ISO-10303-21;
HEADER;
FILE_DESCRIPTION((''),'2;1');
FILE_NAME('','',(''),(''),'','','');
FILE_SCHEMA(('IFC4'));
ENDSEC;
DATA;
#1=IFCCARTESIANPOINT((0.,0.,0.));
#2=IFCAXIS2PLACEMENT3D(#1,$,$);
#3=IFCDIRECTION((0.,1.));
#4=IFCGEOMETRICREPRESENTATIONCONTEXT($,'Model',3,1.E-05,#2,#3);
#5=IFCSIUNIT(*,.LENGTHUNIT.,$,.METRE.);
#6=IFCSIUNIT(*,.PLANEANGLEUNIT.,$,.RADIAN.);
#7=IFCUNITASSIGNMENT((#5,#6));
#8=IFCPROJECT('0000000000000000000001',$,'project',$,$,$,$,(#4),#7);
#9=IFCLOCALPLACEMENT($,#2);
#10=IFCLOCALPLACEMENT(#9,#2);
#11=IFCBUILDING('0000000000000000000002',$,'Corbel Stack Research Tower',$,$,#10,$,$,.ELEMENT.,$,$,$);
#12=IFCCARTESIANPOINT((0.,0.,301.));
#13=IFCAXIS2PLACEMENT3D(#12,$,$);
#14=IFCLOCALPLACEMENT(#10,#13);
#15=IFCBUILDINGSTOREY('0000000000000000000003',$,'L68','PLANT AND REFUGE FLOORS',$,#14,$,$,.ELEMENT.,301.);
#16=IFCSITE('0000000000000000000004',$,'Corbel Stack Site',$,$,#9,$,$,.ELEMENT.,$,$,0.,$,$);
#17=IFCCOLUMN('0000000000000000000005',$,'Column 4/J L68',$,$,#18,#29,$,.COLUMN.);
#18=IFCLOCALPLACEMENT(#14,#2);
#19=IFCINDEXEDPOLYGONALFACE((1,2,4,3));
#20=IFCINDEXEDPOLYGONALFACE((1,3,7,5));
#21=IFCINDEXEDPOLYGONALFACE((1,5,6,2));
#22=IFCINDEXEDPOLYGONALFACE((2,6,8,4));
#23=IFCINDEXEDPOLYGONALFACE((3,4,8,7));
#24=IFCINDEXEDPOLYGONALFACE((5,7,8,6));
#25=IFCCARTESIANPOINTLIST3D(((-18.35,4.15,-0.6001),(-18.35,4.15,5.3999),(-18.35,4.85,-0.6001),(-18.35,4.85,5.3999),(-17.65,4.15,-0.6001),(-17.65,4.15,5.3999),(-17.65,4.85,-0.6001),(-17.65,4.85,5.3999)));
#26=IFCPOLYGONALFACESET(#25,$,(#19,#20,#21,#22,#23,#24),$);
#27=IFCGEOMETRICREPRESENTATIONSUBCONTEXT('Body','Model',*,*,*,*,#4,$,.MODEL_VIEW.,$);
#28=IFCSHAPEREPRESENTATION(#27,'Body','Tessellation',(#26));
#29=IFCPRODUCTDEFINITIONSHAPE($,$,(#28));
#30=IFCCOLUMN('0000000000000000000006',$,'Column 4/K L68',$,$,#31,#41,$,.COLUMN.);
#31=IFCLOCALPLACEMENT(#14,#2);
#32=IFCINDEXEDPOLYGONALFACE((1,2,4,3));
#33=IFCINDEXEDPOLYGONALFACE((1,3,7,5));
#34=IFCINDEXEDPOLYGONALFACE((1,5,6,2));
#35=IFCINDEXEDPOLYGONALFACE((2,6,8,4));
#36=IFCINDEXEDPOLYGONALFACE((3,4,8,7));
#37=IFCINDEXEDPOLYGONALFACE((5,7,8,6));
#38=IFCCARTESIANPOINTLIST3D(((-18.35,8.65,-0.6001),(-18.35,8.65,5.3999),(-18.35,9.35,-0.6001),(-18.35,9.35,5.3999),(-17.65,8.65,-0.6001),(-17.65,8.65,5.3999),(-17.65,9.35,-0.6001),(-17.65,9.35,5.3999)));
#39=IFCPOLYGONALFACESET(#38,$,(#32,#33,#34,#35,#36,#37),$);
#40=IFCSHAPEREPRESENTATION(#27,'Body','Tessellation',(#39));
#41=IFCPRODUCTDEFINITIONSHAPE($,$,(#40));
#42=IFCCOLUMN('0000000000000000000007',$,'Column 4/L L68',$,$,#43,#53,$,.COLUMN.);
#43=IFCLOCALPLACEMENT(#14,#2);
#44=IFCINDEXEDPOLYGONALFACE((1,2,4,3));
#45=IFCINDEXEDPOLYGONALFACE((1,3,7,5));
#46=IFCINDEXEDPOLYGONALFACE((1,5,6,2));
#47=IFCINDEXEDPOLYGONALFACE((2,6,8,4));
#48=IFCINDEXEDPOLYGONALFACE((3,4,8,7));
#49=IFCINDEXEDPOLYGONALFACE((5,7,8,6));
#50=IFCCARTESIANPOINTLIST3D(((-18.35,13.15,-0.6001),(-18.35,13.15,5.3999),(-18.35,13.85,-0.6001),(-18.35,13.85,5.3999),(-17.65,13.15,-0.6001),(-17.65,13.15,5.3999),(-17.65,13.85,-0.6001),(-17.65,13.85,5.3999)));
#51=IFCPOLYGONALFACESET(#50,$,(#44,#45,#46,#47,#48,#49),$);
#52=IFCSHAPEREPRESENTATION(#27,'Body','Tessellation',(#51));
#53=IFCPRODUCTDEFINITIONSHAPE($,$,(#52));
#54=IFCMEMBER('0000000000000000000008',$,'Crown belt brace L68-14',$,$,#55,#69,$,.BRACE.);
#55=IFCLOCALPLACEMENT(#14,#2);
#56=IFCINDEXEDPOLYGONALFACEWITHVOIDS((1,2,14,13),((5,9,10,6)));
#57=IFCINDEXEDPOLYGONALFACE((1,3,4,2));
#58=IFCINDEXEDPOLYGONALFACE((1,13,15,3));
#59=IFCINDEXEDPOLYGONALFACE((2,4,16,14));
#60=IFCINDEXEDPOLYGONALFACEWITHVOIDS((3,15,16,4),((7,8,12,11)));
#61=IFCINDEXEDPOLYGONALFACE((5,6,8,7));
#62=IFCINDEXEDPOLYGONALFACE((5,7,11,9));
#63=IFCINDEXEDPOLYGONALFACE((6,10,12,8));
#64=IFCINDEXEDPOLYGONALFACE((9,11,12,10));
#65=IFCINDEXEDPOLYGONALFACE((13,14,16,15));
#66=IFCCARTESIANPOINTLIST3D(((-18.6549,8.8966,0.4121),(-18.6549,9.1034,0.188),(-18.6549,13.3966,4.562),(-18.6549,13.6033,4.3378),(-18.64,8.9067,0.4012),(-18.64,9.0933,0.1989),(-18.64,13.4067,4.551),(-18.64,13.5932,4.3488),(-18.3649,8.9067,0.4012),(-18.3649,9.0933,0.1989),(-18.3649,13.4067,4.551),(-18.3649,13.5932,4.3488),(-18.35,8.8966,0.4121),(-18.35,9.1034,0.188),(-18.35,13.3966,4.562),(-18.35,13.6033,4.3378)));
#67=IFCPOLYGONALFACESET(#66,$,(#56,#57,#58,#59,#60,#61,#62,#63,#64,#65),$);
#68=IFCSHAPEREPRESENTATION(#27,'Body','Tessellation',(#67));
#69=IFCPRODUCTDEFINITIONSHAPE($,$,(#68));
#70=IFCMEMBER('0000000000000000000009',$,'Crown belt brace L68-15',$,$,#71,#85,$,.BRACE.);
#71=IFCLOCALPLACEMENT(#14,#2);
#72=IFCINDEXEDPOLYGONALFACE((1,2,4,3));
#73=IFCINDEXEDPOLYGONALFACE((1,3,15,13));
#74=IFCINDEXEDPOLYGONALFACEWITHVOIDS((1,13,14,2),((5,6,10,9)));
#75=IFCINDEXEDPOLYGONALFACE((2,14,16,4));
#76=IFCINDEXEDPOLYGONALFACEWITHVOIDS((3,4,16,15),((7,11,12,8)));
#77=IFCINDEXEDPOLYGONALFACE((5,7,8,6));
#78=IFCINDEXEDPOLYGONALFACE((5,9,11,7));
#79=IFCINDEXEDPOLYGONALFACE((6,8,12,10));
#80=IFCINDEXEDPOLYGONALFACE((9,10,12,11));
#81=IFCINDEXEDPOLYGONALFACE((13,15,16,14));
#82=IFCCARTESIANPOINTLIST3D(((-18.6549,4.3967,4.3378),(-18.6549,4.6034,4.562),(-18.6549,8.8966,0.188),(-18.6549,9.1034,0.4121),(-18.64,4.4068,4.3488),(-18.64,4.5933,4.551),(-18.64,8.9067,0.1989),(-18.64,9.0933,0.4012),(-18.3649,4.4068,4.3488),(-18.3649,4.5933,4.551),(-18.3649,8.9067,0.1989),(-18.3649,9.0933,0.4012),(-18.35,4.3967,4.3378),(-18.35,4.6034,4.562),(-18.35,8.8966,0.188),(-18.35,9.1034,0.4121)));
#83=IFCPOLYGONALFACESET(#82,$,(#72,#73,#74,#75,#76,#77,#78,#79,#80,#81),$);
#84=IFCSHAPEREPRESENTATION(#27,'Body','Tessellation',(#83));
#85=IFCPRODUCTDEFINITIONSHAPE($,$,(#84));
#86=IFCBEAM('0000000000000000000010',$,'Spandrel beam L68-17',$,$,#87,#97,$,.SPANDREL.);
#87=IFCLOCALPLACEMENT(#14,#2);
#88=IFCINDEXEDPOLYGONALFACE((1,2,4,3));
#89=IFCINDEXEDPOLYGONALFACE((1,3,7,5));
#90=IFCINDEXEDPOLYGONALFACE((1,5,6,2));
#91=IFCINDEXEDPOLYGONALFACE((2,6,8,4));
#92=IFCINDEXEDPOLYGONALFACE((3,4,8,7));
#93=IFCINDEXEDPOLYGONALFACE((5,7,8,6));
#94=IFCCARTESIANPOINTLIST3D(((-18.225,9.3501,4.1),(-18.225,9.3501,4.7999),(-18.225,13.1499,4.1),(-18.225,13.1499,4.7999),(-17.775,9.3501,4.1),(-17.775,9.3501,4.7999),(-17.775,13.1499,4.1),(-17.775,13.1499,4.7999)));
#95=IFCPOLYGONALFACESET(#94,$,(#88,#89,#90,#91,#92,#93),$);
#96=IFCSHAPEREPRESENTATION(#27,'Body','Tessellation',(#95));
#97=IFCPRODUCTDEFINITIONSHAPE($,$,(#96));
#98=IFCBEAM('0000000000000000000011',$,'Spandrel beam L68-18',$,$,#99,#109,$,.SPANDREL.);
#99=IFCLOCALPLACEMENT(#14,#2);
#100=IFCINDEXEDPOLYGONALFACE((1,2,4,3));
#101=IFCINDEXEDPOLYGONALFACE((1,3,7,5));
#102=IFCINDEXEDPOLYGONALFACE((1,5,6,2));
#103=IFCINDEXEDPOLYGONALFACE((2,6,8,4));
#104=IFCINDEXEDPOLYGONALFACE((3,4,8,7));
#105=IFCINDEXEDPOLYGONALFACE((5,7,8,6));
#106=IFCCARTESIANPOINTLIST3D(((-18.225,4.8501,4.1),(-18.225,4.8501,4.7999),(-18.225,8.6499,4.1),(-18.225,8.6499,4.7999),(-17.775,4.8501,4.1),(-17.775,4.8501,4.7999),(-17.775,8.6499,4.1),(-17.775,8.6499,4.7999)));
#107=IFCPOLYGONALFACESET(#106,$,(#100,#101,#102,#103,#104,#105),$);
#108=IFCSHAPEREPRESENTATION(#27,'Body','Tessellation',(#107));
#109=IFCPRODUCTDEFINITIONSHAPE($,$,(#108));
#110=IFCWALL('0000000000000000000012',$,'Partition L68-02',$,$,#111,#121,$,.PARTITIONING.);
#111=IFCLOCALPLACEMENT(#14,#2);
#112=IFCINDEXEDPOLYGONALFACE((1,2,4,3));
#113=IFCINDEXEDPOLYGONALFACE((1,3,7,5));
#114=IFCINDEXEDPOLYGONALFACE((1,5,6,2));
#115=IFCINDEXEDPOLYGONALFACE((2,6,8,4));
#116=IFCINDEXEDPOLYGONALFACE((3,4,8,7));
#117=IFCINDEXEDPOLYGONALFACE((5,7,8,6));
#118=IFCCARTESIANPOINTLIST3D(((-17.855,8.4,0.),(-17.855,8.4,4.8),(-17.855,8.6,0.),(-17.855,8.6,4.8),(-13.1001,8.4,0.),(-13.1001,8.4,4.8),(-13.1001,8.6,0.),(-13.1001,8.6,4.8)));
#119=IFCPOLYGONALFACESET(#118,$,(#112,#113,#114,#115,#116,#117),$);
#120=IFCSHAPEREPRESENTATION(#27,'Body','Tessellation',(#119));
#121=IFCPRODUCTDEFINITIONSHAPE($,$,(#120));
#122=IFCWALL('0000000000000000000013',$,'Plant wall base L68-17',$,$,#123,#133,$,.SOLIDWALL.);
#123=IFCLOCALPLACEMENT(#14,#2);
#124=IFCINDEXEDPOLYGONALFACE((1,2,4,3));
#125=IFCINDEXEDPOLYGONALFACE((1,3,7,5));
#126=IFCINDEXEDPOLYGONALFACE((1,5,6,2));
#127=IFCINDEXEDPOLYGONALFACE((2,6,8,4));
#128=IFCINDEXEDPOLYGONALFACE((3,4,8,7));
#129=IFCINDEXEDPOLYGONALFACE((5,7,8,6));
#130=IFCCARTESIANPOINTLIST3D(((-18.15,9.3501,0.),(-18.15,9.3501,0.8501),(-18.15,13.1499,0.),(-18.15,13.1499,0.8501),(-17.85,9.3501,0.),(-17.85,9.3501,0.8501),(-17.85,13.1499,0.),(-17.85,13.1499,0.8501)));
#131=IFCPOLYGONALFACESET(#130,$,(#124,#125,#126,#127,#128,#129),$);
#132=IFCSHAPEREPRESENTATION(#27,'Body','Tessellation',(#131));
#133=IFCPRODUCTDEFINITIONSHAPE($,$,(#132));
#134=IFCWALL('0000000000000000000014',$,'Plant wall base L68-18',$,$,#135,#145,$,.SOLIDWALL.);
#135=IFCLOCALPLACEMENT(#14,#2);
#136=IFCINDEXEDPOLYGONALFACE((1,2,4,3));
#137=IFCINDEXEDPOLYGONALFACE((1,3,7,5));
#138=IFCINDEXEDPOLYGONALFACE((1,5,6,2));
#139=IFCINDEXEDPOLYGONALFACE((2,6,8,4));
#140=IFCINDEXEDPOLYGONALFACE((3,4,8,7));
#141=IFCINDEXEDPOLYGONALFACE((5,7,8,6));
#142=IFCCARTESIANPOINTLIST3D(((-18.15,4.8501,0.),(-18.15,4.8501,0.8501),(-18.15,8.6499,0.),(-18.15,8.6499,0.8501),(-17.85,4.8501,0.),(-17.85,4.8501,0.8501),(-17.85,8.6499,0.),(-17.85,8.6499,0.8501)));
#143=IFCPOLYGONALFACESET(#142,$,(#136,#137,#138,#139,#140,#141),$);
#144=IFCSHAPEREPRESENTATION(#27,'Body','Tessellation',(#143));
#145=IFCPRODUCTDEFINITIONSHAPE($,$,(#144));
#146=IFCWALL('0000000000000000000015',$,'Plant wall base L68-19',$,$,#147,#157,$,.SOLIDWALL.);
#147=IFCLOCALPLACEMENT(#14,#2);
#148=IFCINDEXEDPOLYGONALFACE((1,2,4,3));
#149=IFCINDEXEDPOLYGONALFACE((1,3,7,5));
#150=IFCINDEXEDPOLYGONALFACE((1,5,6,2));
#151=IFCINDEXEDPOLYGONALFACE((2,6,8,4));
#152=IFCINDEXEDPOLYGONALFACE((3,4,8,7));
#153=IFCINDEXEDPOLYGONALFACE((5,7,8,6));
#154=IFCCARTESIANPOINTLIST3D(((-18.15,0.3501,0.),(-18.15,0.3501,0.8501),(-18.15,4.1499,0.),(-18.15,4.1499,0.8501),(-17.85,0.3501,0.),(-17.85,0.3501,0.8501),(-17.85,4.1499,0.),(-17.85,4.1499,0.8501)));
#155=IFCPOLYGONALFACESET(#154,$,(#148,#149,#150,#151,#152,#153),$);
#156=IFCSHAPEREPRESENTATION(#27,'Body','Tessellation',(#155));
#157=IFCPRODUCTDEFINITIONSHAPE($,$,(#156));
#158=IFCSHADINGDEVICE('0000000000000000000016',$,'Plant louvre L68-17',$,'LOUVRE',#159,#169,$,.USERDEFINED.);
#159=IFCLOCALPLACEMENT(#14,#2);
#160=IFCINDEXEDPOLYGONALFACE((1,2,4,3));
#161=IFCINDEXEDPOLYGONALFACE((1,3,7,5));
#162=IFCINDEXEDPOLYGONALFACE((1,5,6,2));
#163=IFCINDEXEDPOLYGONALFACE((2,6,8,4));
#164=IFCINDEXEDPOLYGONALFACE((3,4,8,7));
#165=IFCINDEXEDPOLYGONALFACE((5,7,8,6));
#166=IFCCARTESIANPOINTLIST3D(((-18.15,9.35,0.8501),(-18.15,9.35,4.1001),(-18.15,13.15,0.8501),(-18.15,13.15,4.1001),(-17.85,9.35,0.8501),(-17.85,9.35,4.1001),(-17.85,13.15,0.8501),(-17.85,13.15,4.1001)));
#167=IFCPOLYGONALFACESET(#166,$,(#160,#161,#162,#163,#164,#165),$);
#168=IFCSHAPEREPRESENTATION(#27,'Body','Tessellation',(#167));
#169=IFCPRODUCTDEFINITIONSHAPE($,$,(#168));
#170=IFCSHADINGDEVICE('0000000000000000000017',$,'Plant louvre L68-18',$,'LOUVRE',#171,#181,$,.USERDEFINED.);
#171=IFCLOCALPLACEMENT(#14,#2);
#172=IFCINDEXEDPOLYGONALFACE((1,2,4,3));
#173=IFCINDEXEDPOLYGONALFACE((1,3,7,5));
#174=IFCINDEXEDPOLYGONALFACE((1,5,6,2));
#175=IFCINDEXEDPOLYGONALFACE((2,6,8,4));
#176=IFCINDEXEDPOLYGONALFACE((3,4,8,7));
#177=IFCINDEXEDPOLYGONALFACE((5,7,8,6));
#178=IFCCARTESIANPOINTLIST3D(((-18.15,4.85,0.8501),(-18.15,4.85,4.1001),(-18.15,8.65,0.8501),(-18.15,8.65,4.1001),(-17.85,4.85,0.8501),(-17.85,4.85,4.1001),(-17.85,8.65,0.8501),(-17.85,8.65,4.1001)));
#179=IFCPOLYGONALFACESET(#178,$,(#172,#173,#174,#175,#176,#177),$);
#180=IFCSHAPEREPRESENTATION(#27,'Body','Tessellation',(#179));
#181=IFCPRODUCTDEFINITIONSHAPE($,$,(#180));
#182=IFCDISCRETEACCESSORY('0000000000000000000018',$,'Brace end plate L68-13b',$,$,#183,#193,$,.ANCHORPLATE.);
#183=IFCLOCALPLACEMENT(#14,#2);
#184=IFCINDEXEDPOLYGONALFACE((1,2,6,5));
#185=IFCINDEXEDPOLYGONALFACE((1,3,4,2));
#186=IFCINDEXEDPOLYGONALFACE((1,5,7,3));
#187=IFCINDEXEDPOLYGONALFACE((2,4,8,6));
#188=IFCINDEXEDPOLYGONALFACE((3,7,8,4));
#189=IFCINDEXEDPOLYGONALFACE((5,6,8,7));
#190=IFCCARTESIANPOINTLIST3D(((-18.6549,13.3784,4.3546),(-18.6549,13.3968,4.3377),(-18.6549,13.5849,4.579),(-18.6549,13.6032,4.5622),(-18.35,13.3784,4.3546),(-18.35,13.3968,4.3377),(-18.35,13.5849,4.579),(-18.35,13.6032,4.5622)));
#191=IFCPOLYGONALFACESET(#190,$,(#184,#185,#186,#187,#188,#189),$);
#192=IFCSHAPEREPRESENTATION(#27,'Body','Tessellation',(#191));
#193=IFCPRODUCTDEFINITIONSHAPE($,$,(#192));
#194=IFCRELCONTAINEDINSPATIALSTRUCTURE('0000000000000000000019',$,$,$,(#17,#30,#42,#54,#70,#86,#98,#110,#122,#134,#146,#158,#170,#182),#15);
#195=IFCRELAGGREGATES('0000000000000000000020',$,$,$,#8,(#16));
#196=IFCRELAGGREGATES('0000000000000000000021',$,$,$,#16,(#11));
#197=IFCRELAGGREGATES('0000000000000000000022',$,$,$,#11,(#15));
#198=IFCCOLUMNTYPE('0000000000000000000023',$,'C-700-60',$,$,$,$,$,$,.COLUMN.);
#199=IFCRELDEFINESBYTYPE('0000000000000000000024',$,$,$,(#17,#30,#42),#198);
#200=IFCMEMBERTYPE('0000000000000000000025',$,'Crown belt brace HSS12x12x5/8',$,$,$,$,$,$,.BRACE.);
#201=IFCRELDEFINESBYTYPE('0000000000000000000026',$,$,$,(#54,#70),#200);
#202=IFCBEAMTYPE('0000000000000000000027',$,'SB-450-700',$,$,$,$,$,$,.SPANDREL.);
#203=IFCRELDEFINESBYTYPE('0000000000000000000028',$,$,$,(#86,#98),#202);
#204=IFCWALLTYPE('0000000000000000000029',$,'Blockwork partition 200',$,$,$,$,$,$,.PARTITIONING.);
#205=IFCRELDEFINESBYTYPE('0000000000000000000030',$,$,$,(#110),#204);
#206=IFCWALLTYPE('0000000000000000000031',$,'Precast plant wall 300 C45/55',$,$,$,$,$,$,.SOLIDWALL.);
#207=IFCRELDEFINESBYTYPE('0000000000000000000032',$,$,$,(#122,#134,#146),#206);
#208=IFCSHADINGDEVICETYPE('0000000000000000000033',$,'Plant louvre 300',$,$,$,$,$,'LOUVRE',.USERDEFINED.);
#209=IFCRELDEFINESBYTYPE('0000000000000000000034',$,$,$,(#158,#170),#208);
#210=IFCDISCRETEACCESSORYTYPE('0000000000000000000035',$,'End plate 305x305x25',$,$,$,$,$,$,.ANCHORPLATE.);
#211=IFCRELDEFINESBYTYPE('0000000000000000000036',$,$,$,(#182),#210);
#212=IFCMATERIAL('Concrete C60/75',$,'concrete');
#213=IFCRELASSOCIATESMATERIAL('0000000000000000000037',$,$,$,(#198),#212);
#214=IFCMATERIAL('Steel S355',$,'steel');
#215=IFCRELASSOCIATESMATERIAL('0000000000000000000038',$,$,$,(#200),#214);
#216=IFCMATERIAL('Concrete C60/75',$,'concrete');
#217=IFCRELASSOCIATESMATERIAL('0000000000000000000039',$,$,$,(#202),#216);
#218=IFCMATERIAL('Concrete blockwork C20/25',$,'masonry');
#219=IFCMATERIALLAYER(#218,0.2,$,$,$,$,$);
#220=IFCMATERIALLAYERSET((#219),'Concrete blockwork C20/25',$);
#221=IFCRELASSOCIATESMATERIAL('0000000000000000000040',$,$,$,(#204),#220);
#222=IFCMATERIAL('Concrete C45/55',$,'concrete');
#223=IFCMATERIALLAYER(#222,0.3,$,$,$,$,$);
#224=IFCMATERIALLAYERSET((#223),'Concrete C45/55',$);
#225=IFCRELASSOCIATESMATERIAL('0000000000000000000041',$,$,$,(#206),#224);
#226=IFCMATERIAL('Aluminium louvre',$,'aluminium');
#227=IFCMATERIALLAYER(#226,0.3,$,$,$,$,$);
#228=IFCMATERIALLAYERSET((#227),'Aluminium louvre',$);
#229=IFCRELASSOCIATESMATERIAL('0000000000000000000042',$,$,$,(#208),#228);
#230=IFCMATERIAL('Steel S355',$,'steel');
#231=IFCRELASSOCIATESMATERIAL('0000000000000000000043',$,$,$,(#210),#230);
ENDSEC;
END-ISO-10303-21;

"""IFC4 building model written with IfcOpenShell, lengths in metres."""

from ifc_helpers import new_model, si_unit, direction, frame, frame_2d, origin, origin_2d, place, context, subcontext, project, spatial, rectangle, hollow_rectangle, extrude, material, layer, layer_set, material_profile, profile_set, type_object, element, save


model = new_model("IFC4")

# Units and contexts
model_context = context("Model", 3, precision=1e-05, world=origin(), true_north=direction((0.0, 1.0)))
body_context = subcontext(model_context, "Body", "Model", "MODEL_VIEW")
ifc_project = project(units=[si_unit("LENGTHUNIT", "METRE"), si_unit("PLANEANGLEUNIT", "RADIAN")], contexts=[model_context])

# Site, building, storey
site_placement = place(None, origin())
site = spatial("IfcSite", under=ifc_project, at=site_placement, Name="Corbel Stack Site", CompositionType="ELEMENT", RefElevation=0.0)
building_placement = place(site_placement, origin())
building = spatial("IfcBuilding", under=site, at=building_placement, Name="Corbel Stack Research Tower", CompositionType="ELEMENT")
storey_placement = place(building_placement, frame((0.0, 0.0, 301.0)))
storey = spatial("IfcBuildingStorey", under=building, at=storey_placement, Name="L68", Description="PLANT AND REFUGE FLOORS", CompositionType="ELEMENT", Elevation=301.0)

# Columns
ifc_material_1 = material(Name="Concrete C60/75", Category="concrete")
ifc_material_profile_1 = material_profile(ifc_material_1, rectangle(XDim=0.7, YDim=0.7, at=origin_2d()), Name="RC 700 x 700")
ifc_profile_set_1 = profile_set([ifc_material_profile_1], Name="Concrete C60/75")
column_type = type_object("IfcColumnType", Name="C-700-60", PredefinedType="COLUMN", material=ifc_profile_set_1)
for number, where, z_axis, x_axis, name in (
    (1, (-18.0, 4.5, -0.6001), (0.0, 0.0, 1.0), (1.0, 0.0, 0.0), "Column 4/J L68"),
    (2, (-18.0, 9.0, -0.6001), (0.0, 0.0, 1.0), (1.0, 0.0, 0.0), "Column 4/K L68"),
    (3, (-18.0, 13.5, -0.6001), (0.0, 0.0, 1.0), (1.0, 0.0, 0.0), "Column 4/L L68"),
):
    element("IfcColumn", number, at=place(storey_placement, frame(where, z_axis=z_axis, x_axis=x_axis)), inside=storey, type_object=column_type, Name=name, PredefinedType="COLUMN", context=body_context, shape_type="SweptSolid", body=[
        extrude(rectangle(XDim=0.7, YDim=0.7, at=origin_2d()), origin(), (0.0, 0.0, 1.0), 6.0),
    ])

# Members
ifc_material_2 = material(Name="Steel S355", Category="steel")
ifc_material_profile_2 = material_profile(ifc_material_2, hollow_rectangle(XDim=0.3049, YDim=0.3049, WallThickness=0.0149, at=origin_2d()), Name="HSS12x12x5/8")
ifc_profile_set_2 = profile_set([ifc_material_profile_2], Name="Steel S355")
member_type = type_object("IfcMemberType", Name="Crown belt brace HSS12x12x5/8", PredefinedType="BRACE", material=ifc_profile_set_2)
for number, where, z_axis, x_axis, name in (
    (4, (-18.5024, 9.0, 0.3), (0.0, 0.735124, 0.677932), (-1.0, 0.0, 0.0), "Crown belt brace L68-14"),
    (5, (-18.5024, 9.0, 0.3), (0.0, -0.735124, 0.677932), (1.0, 0.0, 0.0), "Crown belt brace L68-15"),
):
    element("IfcMember", number, at=place(storey_placement, frame(where, z_axis=z_axis, x_axis=x_axis)), inside=storey, type_object=member_type, Name=name, PredefinedType="BRACE", context=body_context, shape_type="SweptSolid", body=[
        extrude(hollow_rectangle(XDim=0.3049, YDim=0.3049, WallThickness=0.0149, at=origin_2d()), origin(), (0.0, 0.0, 1.0), 6.1213),
    ])

# Beams
ifc_material_3 = material(Name="Concrete C60/75", Category="concrete")
ifc_material_profile_3 = material_profile(ifc_material_3, rectangle(XDim=0.45, YDim=0.7, at=origin_2d()), Name="RC 450 x 700")
ifc_profile_set_3 = profile_set([ifc_material_profile_3], Name="Concrete C60/75")
beam_type = type_object("IfcBeamType", Name="SB-450-700", PredefinedType="SPANDREL", material=ifc_profile_set_3)
for number, where, z_axis, x_axis, name in (
    (6, (-18.0, 13.1499, 4.45), (0.0, -1.0, 0.0), (1.0, 0.0, 0.0), "Spandrel beam L68-17"),
    (7, (-18.0, 8.6499, 4.45), (0.0, -1.0, 0.0), (1.0, 0.0, 0.0), "Spandrel beam L68-18"),
):
    element("IfcBeam", number, at=place(storey_placement, frame(where, z_axis=z_axis, x_axis=x_axis)), inside=storey, type_object=beam_type, Name=name, PredefinedType="SPANDREL", context=body_context, shape_type="SweptSolid", body=[
        extrude(rectangle(XDim=0.45, YDim=0.7, at=origin_2d()), origin(), (0.0, 0.0, 1.0), 3.7998),
    ])

# Walls
ifc_material_4 = material(Name="Concrete blockwork C20/25", Category="masonry")
ifc_layer_1 = layer(ifc_material_4, 0.2)
ifc_layer_set_1 = layer_set([ifc_layer_1], Name="Concrete blockwork C20/25")
wall_type_1 = type_object("IfcWallType", Name="Blockwork partition 200", PredefinedType="PARTITIONING", material=ifc_layer_set_1)
wall_placement = place(storey_placement, frame((-17.855, 8.5, 0.0), z_axis=(0.0, 0.0, 1.0), x_axis=(1.0, 0.0, 0.0)))
element("IfcWall", 8, at=wall_placement, inside=storey, type_object=wall_type_1, Name="Partition L68-02", PredefinedType="PARTITIONING", context=body_context, shape_type="SweptSolid", body=[
    extrude(rectangle(XDim=4.7549, YDim=0.2, at=frame_2d((2.3774, 0.0))), origin(), (0.0, 0.0, 1.0), 4.8),
])
ifc_material_5 = material(Name="Concrete C45/55", Category="concrete")
ifc_layer_2 = layer(ifc_material_5, 0.3)
ifc_layer_set_2 = layer_set([ifc_layer_2], Name="Concrete C45/55")
wall_type_2 = type_object("IfcWallType", Name="Precast plant wall 300 C45/55", PredefinedType="SOLIDWALL", material=ifc_layer_set_2)
for number, where, z_axis, x_axis, name in (
    (9, (-18.0, 13.1499, 0.0), (0.0, 0.0, 1.0), (0.0, -1.0, 0.0), "Plant wall base L68-17"),
    (10, (-18.0, 8.6499, 0.0), (0.0, 0.0, 1.0), (0.0, -1.0, 0.0), "Plant wall base L68-18"),
    (11, (-18.0, 4.1499, 0.0), (0.0, 0.0, 1.0), (0.0, -1.0, 0.0), "Plant wall base L68-19"),
):
    element("IfcWall", number, at=place(storey_placement, frame(where, z_axis=z_axis, x_axis=x_axis)), inside=storey, type_object=wall_type_2, Name=name, PredefinedType="SOLIDWALL", context=body_context, shape_type="SweptSolid", body=[
        extrude(rectangle(XDim=3.7998, YDim=0.3, at=frame_2d((1.8999, 0.0))), origin(), (0.0, 0.0, 1.0), 0.8501),
    ])

# Shading devices
ifc_material_6 = material(Name="Aluminium louvre", Category="aluminium")
ifc_layer_3 = layer(ifc_material_6, 0.3)
ifc_layer_set_3 = layer_set([ifc_layer_3], Name="Aluminium louvre")
shading_device_type = type_object("IfcShadingDeviceType", Name="Plant louvre 300", ElementType="LOUVRE", PredefinedType="USERDEFINED", material=ifc_layer_set_3)
for number, where, z_axis, x_axis, name in (
    (12, (-18.0, 11.25, 0.8501), (0.0, 0.0, 1.0), (0.0, -1.0, 0.0), "Plant louvre L68-17"),
    (13, (-18.0, 6.75, 0.8501), (0.0, 0.0, 1.0), (0.0, -1.0, 0.0), "Plant louvre L68-18"),
):
    element("IfcShadingDevice", number, at=place(storey_placement, frame(where, z_axis=z_axis, x_axis=x_axis)), inside=storey, type_object=shading_device_type, Name=name, ObjectType="LOUVRE", PredefinedType="USERDEFINED", context=body_context, shape_type="SweptSolid", body=[
        extrude(rectangle(XDim=3.8, YDim=0.3, at=origin_2d()), origin(), (0.0, 0.0, 1.0), 3.25),
    ])

# Discrete accessory
ifc_material_7 = material(Name="Steel S355", Category="steel")
ifc_material_profile_4 = material_profile(ifc_material_7, rectangle(XDim=0.3049, YDim=0.3049, at=origin_2d()), Name="End plate 305x305x25")
ifc_profile_set_4 = profile_set([ifc_material_profile_4], Name="Steel S355")
discrete_accessory_type = type_object("IfcDiscreteAccessoryType", Name="End plate 305x305x25", PredefinedType="ANCHORPLATE", material=ifc_profile_set_4)
for number, where, z_axis, x_axis, name in (
    (14, (-18.5024, 13.5, 4.45), (0.0, -0.735931, 0.677057), (1.0, 0.0, 0.0), "Brace end plate L68-13b"),
):
    element("IfcDiscreteAccessory", number, at=place(storey_placement, frame(where, z_axis=z_axis, x_axis=x_axis)), inside=storey, type_object=discrete_accessory_type, Name=name, PredefinedType="ANCHORPLATE", context=body_context, shape_type="SweptSolid", body=[
        extrude(rectangle(XDim=0.3049, YDim=0.3049, at=origin_2d()), origin(), (0.0, 0.0, 1.0), 0.0249),
    ])

save(model, "model.ifc")
